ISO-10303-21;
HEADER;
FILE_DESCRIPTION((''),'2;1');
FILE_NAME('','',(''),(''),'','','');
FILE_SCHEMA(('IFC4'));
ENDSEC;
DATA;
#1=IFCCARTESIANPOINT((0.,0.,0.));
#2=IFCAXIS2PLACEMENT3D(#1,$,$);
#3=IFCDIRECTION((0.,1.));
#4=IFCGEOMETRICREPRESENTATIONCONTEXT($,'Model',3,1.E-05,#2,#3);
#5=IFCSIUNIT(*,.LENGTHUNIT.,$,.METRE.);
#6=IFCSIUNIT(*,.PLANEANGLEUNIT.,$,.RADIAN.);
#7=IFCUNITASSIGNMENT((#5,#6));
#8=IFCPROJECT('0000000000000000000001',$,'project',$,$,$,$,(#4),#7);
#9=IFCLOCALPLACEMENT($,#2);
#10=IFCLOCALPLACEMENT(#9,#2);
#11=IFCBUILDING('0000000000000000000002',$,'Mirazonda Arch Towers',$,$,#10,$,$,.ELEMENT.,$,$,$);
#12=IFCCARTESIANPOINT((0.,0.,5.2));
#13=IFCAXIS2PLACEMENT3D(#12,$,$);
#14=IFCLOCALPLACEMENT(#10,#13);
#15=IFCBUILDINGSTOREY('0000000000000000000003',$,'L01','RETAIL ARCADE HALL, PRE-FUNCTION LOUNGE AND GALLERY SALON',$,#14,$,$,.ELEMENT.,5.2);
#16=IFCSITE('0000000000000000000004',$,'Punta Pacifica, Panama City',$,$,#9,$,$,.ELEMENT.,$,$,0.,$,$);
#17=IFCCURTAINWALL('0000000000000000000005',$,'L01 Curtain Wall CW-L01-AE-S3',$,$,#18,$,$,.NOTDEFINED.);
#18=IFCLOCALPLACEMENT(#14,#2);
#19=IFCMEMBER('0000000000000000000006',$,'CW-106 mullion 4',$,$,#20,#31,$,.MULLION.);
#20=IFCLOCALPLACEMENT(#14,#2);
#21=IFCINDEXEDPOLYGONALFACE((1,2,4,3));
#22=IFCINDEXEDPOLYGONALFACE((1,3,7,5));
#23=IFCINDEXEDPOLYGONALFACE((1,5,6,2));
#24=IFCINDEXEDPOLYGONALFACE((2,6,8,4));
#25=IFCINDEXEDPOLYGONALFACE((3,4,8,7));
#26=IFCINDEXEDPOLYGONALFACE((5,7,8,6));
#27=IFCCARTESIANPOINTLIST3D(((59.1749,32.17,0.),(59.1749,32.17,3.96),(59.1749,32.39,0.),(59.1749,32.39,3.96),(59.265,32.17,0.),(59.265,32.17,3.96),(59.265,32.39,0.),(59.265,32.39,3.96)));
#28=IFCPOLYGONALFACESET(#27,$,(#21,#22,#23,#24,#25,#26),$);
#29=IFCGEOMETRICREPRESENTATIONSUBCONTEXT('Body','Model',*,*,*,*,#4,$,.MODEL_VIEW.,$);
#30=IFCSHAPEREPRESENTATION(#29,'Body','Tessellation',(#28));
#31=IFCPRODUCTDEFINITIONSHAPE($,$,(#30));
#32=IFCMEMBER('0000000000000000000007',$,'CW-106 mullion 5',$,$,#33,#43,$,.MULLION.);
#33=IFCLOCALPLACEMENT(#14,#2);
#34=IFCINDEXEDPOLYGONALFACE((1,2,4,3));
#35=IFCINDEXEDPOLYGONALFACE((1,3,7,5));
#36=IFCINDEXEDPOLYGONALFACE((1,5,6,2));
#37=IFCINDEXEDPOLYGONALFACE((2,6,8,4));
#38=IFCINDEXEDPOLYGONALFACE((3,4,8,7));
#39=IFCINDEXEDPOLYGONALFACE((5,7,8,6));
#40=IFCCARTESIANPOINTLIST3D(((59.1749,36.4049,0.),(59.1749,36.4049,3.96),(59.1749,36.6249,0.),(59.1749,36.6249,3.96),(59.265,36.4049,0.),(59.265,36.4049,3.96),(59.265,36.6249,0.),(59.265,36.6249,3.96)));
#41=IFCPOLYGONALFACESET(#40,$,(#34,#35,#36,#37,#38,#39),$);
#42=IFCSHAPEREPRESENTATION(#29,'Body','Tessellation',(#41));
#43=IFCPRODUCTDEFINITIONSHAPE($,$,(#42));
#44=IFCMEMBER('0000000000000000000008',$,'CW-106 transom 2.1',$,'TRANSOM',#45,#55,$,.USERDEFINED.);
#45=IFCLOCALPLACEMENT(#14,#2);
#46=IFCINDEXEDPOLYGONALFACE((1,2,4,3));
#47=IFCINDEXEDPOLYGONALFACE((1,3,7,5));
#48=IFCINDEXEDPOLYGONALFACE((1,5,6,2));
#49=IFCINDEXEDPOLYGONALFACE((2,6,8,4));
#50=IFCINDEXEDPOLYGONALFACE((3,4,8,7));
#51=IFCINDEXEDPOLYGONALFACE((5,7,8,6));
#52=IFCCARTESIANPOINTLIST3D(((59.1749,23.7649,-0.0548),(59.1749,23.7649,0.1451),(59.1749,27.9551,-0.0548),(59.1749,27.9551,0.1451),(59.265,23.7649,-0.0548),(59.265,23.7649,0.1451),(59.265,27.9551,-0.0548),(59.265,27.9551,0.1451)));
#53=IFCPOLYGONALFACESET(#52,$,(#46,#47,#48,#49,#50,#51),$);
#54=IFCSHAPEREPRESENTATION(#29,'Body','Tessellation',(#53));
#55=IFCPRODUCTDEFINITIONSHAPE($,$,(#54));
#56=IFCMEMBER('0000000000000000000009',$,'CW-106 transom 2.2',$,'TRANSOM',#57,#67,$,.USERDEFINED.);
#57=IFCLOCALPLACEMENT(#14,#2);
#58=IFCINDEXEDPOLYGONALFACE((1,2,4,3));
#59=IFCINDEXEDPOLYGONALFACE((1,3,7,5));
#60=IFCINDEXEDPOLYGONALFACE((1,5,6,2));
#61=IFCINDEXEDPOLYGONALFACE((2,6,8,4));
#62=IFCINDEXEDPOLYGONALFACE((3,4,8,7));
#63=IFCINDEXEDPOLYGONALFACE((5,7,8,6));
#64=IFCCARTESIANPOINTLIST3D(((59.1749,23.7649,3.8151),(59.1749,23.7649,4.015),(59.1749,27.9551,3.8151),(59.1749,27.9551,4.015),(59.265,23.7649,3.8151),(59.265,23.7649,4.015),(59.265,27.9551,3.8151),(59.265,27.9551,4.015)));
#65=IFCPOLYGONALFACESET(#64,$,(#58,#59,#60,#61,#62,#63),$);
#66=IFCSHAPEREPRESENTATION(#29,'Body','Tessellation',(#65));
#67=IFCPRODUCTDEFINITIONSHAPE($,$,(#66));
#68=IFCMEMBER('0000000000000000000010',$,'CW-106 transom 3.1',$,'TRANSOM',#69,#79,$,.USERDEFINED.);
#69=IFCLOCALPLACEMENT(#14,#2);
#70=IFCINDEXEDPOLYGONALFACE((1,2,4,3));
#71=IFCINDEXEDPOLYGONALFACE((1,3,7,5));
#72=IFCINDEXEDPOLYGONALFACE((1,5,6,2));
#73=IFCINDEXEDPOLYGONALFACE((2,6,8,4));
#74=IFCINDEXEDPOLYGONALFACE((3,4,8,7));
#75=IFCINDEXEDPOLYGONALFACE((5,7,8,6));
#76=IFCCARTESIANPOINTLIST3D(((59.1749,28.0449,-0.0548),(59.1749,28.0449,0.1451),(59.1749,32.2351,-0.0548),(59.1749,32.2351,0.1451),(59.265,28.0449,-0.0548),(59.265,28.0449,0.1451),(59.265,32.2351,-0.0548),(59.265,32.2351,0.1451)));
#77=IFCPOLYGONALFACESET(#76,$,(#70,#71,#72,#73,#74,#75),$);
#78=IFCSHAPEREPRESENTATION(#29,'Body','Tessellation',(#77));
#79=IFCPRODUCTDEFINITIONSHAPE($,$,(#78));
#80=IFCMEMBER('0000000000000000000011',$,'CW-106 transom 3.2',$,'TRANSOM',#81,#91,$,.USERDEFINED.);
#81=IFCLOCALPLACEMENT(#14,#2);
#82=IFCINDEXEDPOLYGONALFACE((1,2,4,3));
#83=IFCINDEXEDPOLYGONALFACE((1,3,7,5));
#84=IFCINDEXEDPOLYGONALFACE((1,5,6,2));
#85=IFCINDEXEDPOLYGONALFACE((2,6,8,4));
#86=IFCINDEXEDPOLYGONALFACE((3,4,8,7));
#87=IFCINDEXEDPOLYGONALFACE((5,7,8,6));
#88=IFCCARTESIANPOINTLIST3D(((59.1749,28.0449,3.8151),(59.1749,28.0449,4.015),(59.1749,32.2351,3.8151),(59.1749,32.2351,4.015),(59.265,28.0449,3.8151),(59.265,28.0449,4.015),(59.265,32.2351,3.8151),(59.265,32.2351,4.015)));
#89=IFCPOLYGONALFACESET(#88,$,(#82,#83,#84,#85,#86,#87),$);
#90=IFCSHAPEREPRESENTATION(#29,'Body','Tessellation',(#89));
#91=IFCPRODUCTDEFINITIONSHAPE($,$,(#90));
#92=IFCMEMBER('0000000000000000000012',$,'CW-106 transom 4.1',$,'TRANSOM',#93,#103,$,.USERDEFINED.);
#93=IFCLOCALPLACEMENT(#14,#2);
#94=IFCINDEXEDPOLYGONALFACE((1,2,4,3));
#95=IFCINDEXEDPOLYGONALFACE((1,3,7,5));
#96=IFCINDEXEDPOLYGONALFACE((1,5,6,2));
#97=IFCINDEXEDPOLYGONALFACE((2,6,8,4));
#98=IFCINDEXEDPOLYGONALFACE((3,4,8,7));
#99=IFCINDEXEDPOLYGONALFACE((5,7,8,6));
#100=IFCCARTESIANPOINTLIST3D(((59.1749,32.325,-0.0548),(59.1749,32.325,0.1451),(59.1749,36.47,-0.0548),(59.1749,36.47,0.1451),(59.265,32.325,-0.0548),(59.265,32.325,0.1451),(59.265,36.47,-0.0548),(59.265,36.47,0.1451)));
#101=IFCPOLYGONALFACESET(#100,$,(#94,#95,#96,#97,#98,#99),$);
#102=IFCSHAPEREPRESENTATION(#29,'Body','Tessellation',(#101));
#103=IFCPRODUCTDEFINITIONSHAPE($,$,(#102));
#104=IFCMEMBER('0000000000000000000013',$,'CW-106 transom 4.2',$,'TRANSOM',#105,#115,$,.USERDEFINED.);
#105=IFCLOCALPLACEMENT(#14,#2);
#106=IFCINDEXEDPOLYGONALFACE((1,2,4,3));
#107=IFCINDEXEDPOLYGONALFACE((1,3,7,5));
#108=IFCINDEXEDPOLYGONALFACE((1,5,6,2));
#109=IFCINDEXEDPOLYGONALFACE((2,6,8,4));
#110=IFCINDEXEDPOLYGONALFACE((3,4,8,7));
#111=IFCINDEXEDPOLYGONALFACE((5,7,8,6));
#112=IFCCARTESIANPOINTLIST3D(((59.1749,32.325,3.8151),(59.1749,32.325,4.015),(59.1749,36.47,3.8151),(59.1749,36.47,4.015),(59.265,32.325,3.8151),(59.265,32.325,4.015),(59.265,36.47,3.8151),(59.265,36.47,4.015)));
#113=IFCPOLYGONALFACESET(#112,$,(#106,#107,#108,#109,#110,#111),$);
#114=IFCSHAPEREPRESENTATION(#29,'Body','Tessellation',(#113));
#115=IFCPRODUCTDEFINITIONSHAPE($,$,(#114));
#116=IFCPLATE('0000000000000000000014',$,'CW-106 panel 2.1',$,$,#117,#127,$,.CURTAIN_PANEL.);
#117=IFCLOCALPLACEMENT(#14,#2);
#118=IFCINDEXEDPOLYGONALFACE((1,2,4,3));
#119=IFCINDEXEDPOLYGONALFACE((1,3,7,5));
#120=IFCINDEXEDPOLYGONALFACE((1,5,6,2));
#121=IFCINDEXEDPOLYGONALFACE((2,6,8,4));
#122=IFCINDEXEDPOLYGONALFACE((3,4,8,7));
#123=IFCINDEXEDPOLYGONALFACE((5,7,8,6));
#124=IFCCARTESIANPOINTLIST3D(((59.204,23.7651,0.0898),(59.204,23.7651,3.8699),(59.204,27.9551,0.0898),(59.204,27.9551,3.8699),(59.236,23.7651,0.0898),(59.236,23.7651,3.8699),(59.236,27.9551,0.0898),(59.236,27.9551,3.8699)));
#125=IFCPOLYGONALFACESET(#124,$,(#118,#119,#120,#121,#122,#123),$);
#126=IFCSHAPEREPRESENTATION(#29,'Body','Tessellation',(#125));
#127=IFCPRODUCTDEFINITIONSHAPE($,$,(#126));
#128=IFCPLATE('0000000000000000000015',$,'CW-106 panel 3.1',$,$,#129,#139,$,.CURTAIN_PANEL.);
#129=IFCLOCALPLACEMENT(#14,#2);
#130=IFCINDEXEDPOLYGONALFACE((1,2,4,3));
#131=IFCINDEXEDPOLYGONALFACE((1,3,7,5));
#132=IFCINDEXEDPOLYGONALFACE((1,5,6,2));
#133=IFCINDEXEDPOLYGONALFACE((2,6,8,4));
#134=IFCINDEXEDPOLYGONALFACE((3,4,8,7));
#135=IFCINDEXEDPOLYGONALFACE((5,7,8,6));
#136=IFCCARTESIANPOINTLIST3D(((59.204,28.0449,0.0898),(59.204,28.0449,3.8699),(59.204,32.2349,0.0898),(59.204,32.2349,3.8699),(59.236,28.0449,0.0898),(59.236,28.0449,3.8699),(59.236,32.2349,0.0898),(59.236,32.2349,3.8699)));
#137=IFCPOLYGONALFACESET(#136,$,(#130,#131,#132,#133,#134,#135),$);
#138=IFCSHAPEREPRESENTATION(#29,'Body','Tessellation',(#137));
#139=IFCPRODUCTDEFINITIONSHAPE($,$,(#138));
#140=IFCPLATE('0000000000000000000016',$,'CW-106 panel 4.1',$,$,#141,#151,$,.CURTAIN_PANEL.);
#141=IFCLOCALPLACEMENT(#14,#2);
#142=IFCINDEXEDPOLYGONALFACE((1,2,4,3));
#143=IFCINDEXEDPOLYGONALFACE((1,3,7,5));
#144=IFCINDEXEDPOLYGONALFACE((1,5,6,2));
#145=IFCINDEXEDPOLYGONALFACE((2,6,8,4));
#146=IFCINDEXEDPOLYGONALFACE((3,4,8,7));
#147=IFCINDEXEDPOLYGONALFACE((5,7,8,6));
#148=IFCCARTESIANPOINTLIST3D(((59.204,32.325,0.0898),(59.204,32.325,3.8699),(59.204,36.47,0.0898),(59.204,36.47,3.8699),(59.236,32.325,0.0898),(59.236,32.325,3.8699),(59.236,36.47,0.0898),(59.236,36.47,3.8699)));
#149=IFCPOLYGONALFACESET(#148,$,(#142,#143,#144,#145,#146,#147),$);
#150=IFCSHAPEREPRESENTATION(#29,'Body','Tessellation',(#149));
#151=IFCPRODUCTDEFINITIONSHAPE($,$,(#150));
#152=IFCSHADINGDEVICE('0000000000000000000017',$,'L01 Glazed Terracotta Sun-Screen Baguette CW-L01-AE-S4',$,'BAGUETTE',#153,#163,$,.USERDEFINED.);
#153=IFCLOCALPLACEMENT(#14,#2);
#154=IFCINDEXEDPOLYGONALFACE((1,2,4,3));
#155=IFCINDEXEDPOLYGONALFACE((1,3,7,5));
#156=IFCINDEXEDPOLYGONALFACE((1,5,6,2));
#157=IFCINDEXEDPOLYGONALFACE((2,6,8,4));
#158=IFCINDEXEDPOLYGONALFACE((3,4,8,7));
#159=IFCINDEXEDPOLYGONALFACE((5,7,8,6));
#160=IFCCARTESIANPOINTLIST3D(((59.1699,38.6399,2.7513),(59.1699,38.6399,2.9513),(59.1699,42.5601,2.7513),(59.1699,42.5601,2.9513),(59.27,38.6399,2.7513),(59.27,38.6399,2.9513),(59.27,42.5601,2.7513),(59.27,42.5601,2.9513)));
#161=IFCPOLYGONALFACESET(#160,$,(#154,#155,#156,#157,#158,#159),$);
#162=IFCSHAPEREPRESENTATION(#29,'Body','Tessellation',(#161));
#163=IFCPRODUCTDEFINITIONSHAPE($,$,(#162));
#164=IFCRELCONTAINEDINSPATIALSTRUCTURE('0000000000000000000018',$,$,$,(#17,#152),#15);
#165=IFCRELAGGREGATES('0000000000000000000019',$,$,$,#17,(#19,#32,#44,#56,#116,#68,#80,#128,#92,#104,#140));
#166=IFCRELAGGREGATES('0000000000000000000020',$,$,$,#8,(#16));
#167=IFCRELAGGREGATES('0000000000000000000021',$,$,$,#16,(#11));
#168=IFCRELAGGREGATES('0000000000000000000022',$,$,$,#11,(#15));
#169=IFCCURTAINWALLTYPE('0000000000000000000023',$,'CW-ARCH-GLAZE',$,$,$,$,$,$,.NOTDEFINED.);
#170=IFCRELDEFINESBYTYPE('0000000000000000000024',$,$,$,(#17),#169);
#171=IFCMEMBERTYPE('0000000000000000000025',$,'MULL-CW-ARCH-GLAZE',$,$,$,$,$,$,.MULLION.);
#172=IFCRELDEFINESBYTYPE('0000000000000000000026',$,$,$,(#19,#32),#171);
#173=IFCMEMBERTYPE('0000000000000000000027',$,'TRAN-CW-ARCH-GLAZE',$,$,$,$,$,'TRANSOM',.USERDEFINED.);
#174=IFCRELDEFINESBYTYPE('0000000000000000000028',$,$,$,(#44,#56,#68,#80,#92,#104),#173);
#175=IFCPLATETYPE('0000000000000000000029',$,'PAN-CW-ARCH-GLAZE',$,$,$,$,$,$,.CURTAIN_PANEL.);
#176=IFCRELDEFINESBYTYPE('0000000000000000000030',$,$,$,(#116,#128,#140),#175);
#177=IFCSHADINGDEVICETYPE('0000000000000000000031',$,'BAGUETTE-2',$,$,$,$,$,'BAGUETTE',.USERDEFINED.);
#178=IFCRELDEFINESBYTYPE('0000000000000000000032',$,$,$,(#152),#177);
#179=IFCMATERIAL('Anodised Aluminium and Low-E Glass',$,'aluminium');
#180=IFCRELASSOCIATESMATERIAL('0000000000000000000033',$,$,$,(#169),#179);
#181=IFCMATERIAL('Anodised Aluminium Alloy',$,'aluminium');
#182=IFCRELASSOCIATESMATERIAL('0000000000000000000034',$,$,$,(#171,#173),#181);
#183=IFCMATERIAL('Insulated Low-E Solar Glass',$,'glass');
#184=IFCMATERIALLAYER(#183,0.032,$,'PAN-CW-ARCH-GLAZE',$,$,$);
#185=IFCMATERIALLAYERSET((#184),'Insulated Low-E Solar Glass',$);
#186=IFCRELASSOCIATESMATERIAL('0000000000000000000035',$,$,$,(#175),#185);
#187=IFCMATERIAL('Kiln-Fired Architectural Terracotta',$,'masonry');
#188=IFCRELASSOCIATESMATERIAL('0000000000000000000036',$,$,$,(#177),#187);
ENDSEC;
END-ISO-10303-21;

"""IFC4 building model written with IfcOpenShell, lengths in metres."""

from ifc_helpers import new_model, si_unit, direction, frame, origin, origin_2d, place, context, subcontext, project, spatial, rectangle, extrude, material, layer, layer_set, material_profile, profile_set, type_object, element, aggregate, save


model = new_model("IFC4")

# Units and contexts
model_context = context("Model", 3, precision=1e-05, world=origin(), true_north=direction((0.0, 1.0)))
body_context = subcontext(model_context, "Body", "Model", "MODEL_VIEW")
ifc_project = project(units=[si_unit("LENGTHUNIT", "METRE"), si_unit("PLANEANGLEUNIT", "RADIAN")], contexts=[model_context])

# Site, building, storey
site_placement = place(None, origin())
site = spatial("IfcSite", under=ifc_project, at=site_placement, Name="Punta Pacifica, Panama City", CompositionType="ELEMENT", RefElevation=0.0)
building_placement = place(site_placement, origin())
building = spatial("IfcBuilding", under=site, at=building_placement, Name="Mirazonda Arch Towers", CompositionType="ELEMENT")
storey_placement = place(building_placement, frame((0.0, 0.0, 5.2)))
storey = spatial("IfcBuildingStorey", under=building, at=storey_placement, Name="L01", Description="RETAIL ARCADE HALL, PRE-FUNCTION LOUNGE AND GALLERY SALON", CompositionType="ELEMENT", Elevation=5.2)

# Curtain wall, members, plates
ifc_material_1 = material(Name="Anodised Aluminium and Low-E Glass", Category="aluminium")
curtain_wall_type = type_object("IfcCurtainWallType", Name="CW-ARCH-GLAZE", PredefinedType="NOTDEFINED", material=ifc_material_1)
curtain_wall_placement = place(storey_placement, origin())
curtain_wall = element("IfcCurtainWall", 1, at=curtain_wall_placement, inside=storey, type_object=curtain_wall_type, Name="L01 Curtain Wall CW-L01-AE-S3", PredefinedType="NOTDEFINED")
ifc_material_2 = material(Name="Anodised Aluminium Alloy", Category="aluminium")
ifc_material_profile_1 = material_profile(ifc_material_2, rectangle(XDim=0.0901, YDim=0.22, at=origin_2d()), Name="ALU-MULL-90x220")
ifc_profile_set_1 = profile_set([ifc_material_profile_1], Name="Anodised Aluminium Alloy")
member_type_1 = type_object("IfcMemberType", Name="MULL-CW-ARCH-GLAZE", PredefinedType="MULLION", material=ifc_profile_set_1)
member_1_placement = place(storey_placement, frame((59.22, 32.28, 0.0), z_axis=(0.0, 0.0, 1.0), x_axis=(-1.0, 0.0, 0.0)))
member_1 = element("IfcMember", 2, at=member_1_placement, type_object=member_type_1, Name="CW-106 mullion 4", PredefinedType="MULLION", context=body_context, shape_type="SweptSolid", body=[
    extrude(rectangle(XDim=0.0901, YDim=0.22, at=origin_2d()), origin(), (0.0, 0.0, 1.0), 3.96),
])
member_2_placement = place(storey_placement, frame((59.22, 36.5149, 0.0), z_axis=(0.0, 0.0, 1.0), x_axis=(-1.0, 0.0, 0.0)))
member_2 = element("IfcMember", 3, at=member_2_placement, type_object=member_type_1, Name="CW-106 mullion 5", PredefinedType="MULLION", context=body_context, shape_type="SweptSolid", body=[
    extrude(rectangle(XDim=0.0901, YDim=0.22, at=origin_2d()), origin(), (0.0, 0.0, 1.0), 3.96),
])
ifc_material_profile_2 = material_profile(ifc_material_2, rectangle(XDim=0.0901, YDim=0.2, at=origin_2d()), Name="ALU-TRAN-90x200")
ifc_profile_set_2 = profile_set([ifc_material_profile_2], Name="Anodised Aluminium Alloy")
member_type_2 = type_object("IfcMemberType", Name="TRAN-CW-ARCH-GLAZE", ElementType="TRANSOM", PredefinedType="USERDEFINED", material=ifc_profile_set_2)
member_3_placement = place(storey_placement, frame((59.22, 23.7649, 0.0452), z_axis=(0.0, 1.0, 0.0), x_axis=(-1.0, 0.0, 0.0)))
member_3 = element("IfcMember", 4, at=member_3_placement, type_object=member_type_2, Name="CW-106 transom 2.1", ObjectType="TRANSOM", PredefinedType="USERDEFINED", context=body_context, shape_type="SweptSolid", body=[
    extrude(rectangle(XDim=0.0901, YDim=0.2, at=origin_2d()), origin(), (0.0, 0.0, 1.0), 4.1902),
])
member_4_placement = place(storey_placement, frame((59.22, 23.7649, 3.915), z_axis=(0.0, 1.0, 0.0), x_axis=(-1.0, 0.0, 0.0)))
member_4 = element("IfcMember", 5, at=member_4_placement, type_object=member_type_2, Name="CW-106 transom 2.2", ObjectType="TRANSOM", PredefinedType="USERDEFINED", context=body_context, shape_type="SweptSolid", body=[
    extrude(rectangle(XDim=0.0901, YDim=0.2, at=origin_2d()), origin(), (0.0, 0.0, 1.0), 4.1902),
])
member_5_placement = place(storey_placement, frame((59.22, 28.0449, 0.0452), z_axis=(0.0, 1.0, 0.0), x_axis=(-1.0, 0.0, 0.0)))
member_5 = element("IfcMember", 6, at=member_5_placement, type_object=member_type_2, Name="CW-106 transom 3.1", ObjectType="TRANSOM", PredefinedType="USERDEFINED", context=body_context, shape_type="SweptSolid", body=[
    extrude(rectangle(XDim=0.0901, YDim=0.2, at=origin_2d()), origin(), (0.0, 0.0, 1.0), 4.1902),
])
member_6_placement = place(storey_placement, frame((59.22, 28.0449, 3.915), z_axis=(0.0, 1.0, 0.0), x_axis=(-1.0, 0.0, 0.0)))
member_6 = element("IfcMember", 7, at=member_6_placement, type_object=member_type_2, Name="CW-106 transom 3.2", ObjectType="TRANSOM", PredefinedType="USERDEFINED", context=body_context, shape_type="SweptSolid", body=[
    extrude(rectangle(XDim=0.0901, YDim=0.2, at=origin_2d()), origin(), (0.0, 0.0, 1.0), 4.1902),
])
member_7_placement = place(storey_placement, frame((59.22, 32.325, 0.0452), z_axis=(0.0, 1.0, 0.0), x_axis=(-1.0, 0.0, 0.0)))
member_7 = element("IfcMember", 8, at=member_7_placement, type_object=member_type_2, Name="CW-106 transom 4.1", ObjectType="TRANSOM", PredefinedType="USERDEFINED", context=body_context, shape_type="SweptSolid", body=[
    extrude(rectangle(XDim=0.0901, YDim=0.2, at=origin_2d()), origin(), (0.0, 0.0, 1.0), 4.145),
])
member_8_placement = place(storey_placement, frame((59.22, 32.325, 3.915), z_axis=(0.0, 1.0, 0.0), x_axis=(-1.0, 0.0, 0.0)))
member_8 = element("IfcMember", 9, at=member_8_placement, type_object=member_type_2, Name="CW-106 transom 4.2", ObjectType="TRANSOM", PredefinedType="USERDEFINED", context=body_context, shape_type="SweptSolid", body=[
    extrude(rectangle(XDim=0.0901, YDim=0.2, at=origin_2d()), origin(), (0.0, 0.0, 1.0), 4.145),
])
ifc_material_3 = material(Name="Insulated Low-E Solar Glass", Category="glass")
ifc_layer = layer(ifc_material_3, 0.032, Name="PAN-CW-ARCH-GLAZE")
ifc_layer_set = layer_set([ifc_layer], Name="Insulated Low-E Solar Glass")
plate_type = type_object("IfcPlateType", Name="PAN-CW-ARCH-GLAZE", PredefinedType="CURTAIN_PANEL", material=ifc_layer_set)
plate_1_placement = place(storey_placement, frame((59.22, 25.8601, 0.0898), z_axis=(0.0, 0.0, 1.0), x_axis=(0.0, 1.0, 0.0)))
plate_1 = element("IfcPlate", 10, at=plate_1_placement, type_object=plate_type, Name="CW-106 panel 2.1", PredefinedType="CURTAIN_PANEL", context=body_context, shape_type="SweptSolid", body=[
    extrude(rectangle(XDim=4.1899, YDim=0.032, at=origin_2d()), origin(), (0.0, 0.0, 1.0), 3.78),
])
plate_2_placement = place(storey_placement, frame((59.22, 30.1399, 0.0898), z_axis=(0.0, 0.0, 1.0), x_axis=(0.0, 1.0, 0.0)))
plate_2 = element("IfcPlate", 11, at=plate_2_placement, type_object=plate_type, Name="CW-106 panel 3.1", PredefinedType="CURTAIN_PANEL", context=body_context, shape_type="SweptSolid", body=[
    extrude(rectangle(XDim=4.1899, YDim=0.032, at=origin_2d()), origin(), (0.0, 0.0, 1.0), 3.78),
])
plate_3_placement = place(storey_placement, frame((59.22, 34.3975, 0.0898), z_axis=(0.0, 0.0, 1.0), x_axis=(0.0, 1.0, 0.0)))
plate_3 = element("IfcPlate", 12, at=plate_3_placement, type_object=plate_type, Name="CW-106 panel 4.1", PredefinedType="CURTAIN_PANEL", context=body_context, shape_type="SweptSolid", body=[
    extrude(rectangle(XDim=4.145, YDim=0.032, at=origin_2d()), origin(), (0.0, 0.0, 1.0), 3.78),
])
aggregate(curtain_wall, [member_1, member_2, member_3, member_4, plate_1, member_5, member_6, plate_2, member_7, member_8, plate_3])

# Shading device
ifc_material_4 = material(Name="Kiln-Fired Architectural Terracotta", Category="masonry")
ifc_material_profile_3 = material_profile(ifc_material_4, rectangle(XDim=0.1001, YDim=0.2, at=origin_2d()), Name="TERRA-BAG-100x200")
ifc_profile_set_3 = profile_set([ifc_material_profile_3], Name="Kiln-Fired Architectural Terracotta")
shading_device_type = type_object("IfcShadingDeviceType", Name="BAGUETTE-2", ElementType="BAGUETTE", PredefinedType="USERDEFINED", material=ifc_profile_set_3)
shading_device_placement = place(storey_placement, frame((59.22, 38.6399, 2.8513), z_axis=(0.0, 1.0, 0.0), x_axis=(-1.0, 0.0, 0.0)))
element("IfcShadingDevice", 13, at=shading_device_placement, inside=storey, type_object=shading_device_type, Name="L01 Glazed Terracotta Sun-Screen Baguette CW-L01-AE-S4", ObjectType="BAGUETTE", PredefinedType="USERDEFINED", context=body_context, shape_type="SweptSolid", body=[
    extrude(rectangle(XDim=0.1001, YDim=0.2, at=origin_2d()), origin(), (0.0, 0.0, 1.0), 3.9202),
])

save(model, "model.ifc")
